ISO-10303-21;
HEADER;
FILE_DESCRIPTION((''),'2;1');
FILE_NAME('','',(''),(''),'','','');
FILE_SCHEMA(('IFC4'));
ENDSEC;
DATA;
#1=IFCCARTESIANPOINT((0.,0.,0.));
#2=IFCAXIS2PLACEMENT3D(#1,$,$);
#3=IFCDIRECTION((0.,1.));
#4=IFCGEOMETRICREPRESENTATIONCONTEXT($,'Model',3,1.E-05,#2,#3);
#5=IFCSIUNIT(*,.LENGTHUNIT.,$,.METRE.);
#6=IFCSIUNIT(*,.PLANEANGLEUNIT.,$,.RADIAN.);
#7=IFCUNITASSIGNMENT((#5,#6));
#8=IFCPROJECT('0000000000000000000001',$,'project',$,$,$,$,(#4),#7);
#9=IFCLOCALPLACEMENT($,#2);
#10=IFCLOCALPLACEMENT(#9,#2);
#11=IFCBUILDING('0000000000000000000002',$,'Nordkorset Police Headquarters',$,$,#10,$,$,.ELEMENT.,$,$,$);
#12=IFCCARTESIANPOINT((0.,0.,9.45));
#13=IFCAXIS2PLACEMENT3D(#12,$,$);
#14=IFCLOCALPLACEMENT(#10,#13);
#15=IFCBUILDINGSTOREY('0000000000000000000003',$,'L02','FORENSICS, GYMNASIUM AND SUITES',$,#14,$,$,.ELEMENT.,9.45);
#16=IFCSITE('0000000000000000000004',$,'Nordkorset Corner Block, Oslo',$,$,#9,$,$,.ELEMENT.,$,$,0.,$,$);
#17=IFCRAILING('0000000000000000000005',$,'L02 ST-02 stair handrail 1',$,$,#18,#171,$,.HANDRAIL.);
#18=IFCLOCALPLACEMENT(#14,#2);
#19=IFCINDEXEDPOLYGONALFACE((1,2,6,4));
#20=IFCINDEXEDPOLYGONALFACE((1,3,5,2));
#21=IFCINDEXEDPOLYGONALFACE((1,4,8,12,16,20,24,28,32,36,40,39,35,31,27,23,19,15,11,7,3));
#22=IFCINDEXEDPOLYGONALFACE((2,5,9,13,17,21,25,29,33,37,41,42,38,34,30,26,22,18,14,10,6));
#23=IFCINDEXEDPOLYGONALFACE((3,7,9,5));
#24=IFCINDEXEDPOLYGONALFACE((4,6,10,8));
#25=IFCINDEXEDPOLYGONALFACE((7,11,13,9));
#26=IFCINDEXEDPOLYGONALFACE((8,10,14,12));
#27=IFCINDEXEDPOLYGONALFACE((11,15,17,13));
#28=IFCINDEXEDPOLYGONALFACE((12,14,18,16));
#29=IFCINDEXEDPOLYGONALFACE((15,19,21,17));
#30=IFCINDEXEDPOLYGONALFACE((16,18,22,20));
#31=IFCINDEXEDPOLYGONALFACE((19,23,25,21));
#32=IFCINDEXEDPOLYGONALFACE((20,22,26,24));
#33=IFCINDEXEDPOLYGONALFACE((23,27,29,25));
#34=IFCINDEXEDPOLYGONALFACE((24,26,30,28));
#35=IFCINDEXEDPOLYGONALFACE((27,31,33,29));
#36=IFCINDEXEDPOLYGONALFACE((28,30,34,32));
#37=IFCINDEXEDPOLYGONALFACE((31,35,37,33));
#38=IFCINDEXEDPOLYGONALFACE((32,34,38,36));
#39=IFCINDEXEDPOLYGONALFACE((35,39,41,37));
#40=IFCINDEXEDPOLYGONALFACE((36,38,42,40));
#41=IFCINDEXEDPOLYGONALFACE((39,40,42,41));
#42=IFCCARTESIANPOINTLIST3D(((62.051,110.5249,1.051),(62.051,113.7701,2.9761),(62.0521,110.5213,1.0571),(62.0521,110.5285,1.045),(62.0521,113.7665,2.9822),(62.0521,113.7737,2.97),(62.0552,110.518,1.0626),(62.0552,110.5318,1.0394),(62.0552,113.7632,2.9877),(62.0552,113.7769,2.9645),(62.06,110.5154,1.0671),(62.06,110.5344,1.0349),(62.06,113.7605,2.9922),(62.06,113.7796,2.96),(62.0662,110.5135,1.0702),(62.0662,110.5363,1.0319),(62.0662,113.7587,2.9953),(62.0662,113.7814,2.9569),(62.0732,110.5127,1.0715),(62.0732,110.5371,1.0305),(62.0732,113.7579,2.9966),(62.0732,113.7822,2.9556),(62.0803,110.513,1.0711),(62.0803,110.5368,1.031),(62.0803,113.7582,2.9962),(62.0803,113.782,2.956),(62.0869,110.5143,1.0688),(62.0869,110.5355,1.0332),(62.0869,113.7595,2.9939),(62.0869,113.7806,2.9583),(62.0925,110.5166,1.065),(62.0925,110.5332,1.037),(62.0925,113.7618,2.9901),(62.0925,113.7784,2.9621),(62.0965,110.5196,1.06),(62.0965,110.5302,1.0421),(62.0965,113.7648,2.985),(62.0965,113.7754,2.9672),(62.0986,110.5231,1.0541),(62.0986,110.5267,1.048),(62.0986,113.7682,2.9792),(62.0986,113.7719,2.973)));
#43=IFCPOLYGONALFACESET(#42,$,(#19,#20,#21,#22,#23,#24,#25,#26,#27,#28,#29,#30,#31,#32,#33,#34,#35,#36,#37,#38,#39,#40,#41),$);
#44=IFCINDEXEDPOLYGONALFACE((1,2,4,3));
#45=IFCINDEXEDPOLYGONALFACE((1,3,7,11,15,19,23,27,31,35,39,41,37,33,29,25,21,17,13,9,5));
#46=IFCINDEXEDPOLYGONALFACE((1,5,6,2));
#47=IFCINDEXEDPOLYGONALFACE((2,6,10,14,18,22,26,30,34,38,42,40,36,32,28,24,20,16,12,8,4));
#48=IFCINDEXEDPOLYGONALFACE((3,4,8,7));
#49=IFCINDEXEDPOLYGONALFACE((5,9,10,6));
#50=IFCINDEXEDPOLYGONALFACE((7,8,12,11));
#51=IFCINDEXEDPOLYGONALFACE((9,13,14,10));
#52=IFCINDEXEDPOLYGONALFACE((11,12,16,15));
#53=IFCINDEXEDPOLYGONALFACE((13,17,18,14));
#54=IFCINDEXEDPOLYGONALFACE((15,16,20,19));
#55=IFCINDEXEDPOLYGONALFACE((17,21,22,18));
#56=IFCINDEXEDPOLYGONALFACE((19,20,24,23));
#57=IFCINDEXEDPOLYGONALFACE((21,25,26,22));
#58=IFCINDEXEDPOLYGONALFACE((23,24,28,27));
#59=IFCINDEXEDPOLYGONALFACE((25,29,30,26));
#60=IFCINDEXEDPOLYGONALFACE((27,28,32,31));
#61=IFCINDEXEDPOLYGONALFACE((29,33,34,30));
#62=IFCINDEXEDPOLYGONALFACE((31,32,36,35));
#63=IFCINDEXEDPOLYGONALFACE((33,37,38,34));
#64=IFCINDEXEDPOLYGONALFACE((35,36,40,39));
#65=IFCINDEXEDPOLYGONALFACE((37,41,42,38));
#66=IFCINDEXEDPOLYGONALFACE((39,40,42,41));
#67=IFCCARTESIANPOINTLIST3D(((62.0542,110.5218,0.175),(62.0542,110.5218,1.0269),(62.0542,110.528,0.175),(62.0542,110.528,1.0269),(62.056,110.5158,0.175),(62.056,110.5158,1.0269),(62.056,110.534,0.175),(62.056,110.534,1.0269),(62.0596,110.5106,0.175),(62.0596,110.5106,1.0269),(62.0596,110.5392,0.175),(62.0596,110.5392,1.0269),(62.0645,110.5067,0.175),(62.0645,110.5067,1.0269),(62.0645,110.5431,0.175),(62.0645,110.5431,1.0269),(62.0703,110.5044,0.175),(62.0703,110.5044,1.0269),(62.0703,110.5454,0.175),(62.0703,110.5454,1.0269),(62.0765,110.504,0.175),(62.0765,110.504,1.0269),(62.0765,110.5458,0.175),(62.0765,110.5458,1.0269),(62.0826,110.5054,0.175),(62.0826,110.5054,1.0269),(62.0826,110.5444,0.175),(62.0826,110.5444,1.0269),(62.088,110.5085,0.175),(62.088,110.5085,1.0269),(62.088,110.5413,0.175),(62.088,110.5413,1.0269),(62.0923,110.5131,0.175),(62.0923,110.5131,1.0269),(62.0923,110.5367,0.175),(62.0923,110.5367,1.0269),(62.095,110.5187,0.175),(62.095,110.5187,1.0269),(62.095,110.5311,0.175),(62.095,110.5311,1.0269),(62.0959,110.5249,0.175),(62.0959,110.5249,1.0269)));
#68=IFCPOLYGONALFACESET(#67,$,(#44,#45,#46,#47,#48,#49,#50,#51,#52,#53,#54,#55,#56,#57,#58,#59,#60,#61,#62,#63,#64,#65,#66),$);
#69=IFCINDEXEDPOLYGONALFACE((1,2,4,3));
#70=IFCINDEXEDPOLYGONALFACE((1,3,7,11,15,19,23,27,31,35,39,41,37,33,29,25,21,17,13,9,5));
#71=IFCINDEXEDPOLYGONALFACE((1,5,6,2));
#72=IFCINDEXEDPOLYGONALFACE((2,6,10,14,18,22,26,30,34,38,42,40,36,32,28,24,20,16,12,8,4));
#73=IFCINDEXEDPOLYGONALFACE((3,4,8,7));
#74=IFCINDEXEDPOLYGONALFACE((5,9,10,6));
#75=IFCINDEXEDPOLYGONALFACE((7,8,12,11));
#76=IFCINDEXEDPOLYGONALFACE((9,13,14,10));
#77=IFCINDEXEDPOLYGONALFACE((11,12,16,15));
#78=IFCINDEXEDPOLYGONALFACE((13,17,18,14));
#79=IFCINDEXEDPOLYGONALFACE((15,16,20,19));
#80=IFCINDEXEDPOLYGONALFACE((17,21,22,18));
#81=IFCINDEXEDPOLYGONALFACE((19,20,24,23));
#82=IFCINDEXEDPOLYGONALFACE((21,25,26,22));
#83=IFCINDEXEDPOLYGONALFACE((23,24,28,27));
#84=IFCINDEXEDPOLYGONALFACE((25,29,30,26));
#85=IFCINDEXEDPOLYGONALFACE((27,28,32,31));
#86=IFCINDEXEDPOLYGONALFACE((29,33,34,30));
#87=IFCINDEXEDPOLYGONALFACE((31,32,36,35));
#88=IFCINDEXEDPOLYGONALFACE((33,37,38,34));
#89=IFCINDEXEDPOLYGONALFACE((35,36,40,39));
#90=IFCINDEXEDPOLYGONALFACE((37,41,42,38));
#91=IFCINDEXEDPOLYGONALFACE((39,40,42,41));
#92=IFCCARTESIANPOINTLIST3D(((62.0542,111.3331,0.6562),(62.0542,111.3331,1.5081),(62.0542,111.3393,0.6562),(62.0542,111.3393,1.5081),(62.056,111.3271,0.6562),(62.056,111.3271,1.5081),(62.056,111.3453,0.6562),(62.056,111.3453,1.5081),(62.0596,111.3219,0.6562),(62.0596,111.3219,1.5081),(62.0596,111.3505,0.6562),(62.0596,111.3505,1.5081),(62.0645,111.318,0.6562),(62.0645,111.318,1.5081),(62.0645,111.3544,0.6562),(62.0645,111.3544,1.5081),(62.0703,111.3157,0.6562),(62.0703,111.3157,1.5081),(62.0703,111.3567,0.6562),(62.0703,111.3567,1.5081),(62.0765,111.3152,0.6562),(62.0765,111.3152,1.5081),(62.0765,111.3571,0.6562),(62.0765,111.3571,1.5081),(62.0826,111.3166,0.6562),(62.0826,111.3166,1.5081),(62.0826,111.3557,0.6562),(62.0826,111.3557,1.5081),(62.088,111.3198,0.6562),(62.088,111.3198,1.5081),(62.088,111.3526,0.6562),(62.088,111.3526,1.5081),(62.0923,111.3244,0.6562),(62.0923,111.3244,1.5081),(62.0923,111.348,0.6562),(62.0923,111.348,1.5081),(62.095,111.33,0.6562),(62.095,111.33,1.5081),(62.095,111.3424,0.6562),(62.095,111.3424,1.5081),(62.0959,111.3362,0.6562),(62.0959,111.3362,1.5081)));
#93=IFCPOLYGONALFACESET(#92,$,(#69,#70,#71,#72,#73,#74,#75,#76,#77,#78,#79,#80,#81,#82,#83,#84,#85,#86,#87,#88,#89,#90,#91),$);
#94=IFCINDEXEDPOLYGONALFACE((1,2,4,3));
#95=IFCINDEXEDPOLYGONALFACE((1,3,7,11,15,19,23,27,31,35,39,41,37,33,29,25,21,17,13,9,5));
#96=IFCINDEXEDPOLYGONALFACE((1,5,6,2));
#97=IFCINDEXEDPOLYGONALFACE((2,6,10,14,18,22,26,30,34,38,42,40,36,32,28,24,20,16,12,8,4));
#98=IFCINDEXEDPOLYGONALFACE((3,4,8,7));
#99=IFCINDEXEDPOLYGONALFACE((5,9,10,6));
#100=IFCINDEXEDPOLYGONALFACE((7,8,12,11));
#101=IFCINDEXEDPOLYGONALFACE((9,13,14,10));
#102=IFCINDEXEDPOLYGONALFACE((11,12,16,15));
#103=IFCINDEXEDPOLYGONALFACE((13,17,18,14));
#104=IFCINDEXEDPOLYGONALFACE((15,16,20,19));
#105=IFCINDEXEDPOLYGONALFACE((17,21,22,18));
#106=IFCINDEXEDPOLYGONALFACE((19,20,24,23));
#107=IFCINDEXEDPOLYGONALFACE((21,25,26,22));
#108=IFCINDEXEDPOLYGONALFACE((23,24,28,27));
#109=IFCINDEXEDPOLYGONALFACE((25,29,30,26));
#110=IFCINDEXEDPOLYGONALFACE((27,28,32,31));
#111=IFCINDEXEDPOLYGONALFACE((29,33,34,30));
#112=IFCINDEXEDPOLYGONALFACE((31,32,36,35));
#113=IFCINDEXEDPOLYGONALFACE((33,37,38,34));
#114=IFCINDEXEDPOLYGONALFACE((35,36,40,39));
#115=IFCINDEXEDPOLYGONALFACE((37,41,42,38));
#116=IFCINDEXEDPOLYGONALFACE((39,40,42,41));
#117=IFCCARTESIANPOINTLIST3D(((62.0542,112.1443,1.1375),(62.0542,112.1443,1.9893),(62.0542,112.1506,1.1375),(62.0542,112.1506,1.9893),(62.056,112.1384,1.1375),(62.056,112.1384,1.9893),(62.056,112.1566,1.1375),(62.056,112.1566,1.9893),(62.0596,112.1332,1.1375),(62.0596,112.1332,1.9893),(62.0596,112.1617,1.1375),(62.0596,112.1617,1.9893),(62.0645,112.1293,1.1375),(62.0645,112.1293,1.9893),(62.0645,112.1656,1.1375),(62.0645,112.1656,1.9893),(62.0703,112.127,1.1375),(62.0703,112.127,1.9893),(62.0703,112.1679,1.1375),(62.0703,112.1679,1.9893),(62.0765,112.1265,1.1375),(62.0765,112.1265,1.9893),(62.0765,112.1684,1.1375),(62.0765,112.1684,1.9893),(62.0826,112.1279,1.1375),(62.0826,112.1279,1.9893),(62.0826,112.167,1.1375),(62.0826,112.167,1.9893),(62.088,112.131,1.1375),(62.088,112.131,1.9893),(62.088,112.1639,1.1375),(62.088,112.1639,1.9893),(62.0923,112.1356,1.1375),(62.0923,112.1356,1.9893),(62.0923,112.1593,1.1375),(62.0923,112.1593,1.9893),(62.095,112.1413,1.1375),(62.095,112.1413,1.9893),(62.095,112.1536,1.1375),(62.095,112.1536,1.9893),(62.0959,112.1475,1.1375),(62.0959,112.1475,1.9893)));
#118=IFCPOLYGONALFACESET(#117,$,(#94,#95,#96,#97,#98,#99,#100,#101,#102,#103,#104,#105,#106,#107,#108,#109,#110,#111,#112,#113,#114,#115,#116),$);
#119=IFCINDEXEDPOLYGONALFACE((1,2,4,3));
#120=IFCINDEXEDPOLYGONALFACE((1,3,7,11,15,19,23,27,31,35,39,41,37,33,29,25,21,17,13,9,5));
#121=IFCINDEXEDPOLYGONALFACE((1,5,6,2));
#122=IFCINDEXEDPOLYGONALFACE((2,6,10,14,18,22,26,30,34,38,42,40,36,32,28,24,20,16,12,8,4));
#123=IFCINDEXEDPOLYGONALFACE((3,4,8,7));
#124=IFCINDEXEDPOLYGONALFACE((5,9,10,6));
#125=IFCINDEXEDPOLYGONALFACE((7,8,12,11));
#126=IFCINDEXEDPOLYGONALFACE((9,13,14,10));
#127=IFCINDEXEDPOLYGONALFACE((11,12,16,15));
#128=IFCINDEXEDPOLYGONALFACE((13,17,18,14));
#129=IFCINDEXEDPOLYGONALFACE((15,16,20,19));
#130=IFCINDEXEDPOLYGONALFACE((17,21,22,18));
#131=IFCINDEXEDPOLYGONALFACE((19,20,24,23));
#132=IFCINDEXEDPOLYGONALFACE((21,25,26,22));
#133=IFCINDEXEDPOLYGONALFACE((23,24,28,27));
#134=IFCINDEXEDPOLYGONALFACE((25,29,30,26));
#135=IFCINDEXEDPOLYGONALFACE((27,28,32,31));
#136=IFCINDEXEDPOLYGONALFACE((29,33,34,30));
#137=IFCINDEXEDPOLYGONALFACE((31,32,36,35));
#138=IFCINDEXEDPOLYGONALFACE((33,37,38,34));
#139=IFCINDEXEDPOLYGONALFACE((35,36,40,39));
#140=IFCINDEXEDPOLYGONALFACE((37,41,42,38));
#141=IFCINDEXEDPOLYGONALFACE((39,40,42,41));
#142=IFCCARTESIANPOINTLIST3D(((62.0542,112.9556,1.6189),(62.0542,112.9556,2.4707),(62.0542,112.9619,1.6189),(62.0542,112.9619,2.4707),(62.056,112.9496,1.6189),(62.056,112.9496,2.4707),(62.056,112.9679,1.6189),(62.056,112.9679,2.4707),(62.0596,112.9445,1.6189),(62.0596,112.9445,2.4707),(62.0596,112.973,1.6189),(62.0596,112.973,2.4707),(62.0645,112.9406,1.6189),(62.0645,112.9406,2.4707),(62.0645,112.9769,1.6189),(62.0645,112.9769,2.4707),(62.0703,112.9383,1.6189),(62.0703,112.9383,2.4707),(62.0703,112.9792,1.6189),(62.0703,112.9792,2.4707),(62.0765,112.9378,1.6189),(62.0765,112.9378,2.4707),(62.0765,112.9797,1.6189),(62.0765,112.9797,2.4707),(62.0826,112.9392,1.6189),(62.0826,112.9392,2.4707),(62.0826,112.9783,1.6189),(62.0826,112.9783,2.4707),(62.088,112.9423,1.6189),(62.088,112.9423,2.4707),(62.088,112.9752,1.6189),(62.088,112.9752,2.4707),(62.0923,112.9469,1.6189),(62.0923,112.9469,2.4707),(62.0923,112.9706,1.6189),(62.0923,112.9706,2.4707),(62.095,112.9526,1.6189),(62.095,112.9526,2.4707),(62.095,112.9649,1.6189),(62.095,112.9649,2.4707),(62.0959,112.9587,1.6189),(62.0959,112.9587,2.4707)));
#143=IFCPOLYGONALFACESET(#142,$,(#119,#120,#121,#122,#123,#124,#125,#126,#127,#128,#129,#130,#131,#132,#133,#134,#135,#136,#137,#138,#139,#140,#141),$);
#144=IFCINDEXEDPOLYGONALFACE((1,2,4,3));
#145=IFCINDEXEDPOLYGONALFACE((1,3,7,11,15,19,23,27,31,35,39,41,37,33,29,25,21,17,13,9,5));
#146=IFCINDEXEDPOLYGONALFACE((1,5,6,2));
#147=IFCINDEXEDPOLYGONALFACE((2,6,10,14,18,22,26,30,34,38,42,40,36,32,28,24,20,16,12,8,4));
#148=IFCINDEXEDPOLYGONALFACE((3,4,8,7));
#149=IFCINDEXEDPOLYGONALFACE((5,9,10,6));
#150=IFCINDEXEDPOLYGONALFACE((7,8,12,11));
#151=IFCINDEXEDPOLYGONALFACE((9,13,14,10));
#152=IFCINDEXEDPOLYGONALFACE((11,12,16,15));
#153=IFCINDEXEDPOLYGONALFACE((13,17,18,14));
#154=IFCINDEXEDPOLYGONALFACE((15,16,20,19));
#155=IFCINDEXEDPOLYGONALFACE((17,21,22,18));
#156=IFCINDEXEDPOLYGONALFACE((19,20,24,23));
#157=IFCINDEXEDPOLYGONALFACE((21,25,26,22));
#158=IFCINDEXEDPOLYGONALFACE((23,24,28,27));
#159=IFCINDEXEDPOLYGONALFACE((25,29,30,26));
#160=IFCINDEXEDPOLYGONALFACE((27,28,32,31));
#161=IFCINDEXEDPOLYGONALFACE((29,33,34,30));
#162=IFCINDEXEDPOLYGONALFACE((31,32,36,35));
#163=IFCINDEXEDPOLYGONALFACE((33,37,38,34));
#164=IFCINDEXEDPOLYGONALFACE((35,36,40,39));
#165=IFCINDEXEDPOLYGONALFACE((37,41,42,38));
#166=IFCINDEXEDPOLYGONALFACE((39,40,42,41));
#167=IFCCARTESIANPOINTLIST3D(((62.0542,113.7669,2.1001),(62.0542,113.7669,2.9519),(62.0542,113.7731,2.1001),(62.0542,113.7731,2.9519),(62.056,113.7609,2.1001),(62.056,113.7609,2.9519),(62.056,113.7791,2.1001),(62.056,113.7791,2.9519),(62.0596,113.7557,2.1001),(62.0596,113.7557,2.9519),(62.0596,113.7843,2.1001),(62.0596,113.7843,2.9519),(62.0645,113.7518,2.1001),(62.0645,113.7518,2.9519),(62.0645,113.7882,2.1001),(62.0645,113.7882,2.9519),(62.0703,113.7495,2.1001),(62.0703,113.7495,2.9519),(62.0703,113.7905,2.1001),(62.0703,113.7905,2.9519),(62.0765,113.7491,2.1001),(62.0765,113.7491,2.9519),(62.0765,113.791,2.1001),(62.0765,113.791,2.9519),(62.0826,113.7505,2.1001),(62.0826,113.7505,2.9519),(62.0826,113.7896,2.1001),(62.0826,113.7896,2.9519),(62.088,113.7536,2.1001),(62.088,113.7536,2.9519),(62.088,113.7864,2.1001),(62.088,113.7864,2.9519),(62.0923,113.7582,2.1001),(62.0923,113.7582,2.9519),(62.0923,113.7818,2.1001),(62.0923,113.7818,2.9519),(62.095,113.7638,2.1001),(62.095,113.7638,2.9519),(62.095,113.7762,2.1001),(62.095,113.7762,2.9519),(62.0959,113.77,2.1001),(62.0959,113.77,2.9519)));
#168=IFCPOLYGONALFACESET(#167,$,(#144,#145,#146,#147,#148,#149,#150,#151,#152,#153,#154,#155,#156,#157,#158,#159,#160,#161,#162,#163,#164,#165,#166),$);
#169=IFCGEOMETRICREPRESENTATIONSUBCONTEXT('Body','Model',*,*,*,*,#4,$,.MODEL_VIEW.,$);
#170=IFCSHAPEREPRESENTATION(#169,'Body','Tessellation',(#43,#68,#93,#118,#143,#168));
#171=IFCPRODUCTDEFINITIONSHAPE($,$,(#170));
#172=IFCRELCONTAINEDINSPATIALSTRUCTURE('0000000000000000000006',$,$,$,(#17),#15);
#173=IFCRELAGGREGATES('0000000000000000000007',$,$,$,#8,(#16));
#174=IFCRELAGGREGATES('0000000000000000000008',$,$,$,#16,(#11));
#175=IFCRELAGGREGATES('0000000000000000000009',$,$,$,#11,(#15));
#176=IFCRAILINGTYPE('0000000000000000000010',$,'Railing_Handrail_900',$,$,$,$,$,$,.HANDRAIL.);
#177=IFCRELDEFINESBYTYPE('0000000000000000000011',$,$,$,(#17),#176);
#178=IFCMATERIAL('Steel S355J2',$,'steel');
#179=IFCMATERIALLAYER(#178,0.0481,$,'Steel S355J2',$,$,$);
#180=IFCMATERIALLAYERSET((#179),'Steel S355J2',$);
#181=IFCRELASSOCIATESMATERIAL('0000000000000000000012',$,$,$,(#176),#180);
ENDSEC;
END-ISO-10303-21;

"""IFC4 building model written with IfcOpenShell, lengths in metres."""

from ifc_helpers import new_model, si_unit, direction, frame, origin, origin_2d, place, context, subcontext, project, spatial, circle, extrude, material, layer, layer_set, type_object, element, save


model = new_model("IFC4")

# Units and contexts
model_context = context("Model", 3, precision=1e-05, world=origin(), true_north=direction((0.0, 1.0)))
body_context = subcontext(model_context, "Body", "Model", "MODEL_VIEW")
ifc_project = project(units=[si_unit("LENGTHUNIT", "METRE"), si_unit("PLANEANGLEUNIT", "RADIAN")], contexts=[model_context])

# Site, building, storey
site_placement = place(None, origin())
site = spatial("IfcSite", under=ifc_project, at=site_placement, Name="Nordkorset Corner Block, Oslo", CompositionType="ELEMENT", RefElevation=0.0)
building_placement = place(site_placement, origin())
building = spatial("IfcBuilding", under=site, at=building_placement, Name="Nordkorset Police Headquarters", CompositionType="ELEMENT")
storey_placement = place(building_placement, frame((0.0, 0.0, 9.45)))
storey = spatial("IfcBuildingStorey", under=building, at=storey_placement, Name="L02", Description="FORENSICS, GYMNASIUM AND SUITES", CompositionType="ELEMENT", Elevation=9.45)

# Railing
ifc_material_1 = material(Name="Steel S355J2", Category="steel")
ifc_layer_1 = layer(ifc_material_1, 0.0481, Name="Steel S355J2")
ifc_layer_set_1 = layer_set([ifc_layer_1], Name="Steel S355J2")
railing_type_1 = type_object("IfcRailingType", Name="Railing_Handrail_900", PredefinedType="HANDRAIL", material=ifc_layer_set_1)
railing_1_placement = place(storey_placement, frame((62.075, 110.5249, 0.175)))
element("IfcRailing", 1, at=railing_1_placement, inside=storey, type_object=railing_type_1, Name="L02 ST-02 stair handrail 1", PredefinedType="HANDRAIL", context=body_context, shape_type="SweptSolid", body=[
    extrude(circle(Radius=0.0239, at=origin_2d()), frame((0.0, 0.0, 0.876), z_axis=(0.0, 0.860057, 0.510198), x_axis=(-1.0, 0.0, 0.0)), (0.0, 0.0, 1.0), 3.7732),
    extrude(circle(Radius=0.021, at=origin_2d()), origin(), (0.0, 0.0, 1.0), 0.8518),
    extrude(circle(Radius=0.021, at=origin_2d()), frame((0.0, 0.8113, 0.4812)), (0.0, 0.0, 1.0), 0.8518),
    extrude(circle(Radius=0.021, at=origin_2d()), frame((0.0, 1.6226, 0.9624)), (0.0, 0.0, 1.0), 0.8518),
    extrude(circle(Radius=0.021, at=origin_2d()), frame((0.0, 2.4338, 1.4438)), (0.0, 0.0, 1.0), 0.8518),
    extrude(circle(Radius=0.021, at=origin_2d()), frame((0.0, 3.2451, 1.925)), (0.0, 0.0, 1.0), 0.8518),
])

save(model, "model.ifc")
